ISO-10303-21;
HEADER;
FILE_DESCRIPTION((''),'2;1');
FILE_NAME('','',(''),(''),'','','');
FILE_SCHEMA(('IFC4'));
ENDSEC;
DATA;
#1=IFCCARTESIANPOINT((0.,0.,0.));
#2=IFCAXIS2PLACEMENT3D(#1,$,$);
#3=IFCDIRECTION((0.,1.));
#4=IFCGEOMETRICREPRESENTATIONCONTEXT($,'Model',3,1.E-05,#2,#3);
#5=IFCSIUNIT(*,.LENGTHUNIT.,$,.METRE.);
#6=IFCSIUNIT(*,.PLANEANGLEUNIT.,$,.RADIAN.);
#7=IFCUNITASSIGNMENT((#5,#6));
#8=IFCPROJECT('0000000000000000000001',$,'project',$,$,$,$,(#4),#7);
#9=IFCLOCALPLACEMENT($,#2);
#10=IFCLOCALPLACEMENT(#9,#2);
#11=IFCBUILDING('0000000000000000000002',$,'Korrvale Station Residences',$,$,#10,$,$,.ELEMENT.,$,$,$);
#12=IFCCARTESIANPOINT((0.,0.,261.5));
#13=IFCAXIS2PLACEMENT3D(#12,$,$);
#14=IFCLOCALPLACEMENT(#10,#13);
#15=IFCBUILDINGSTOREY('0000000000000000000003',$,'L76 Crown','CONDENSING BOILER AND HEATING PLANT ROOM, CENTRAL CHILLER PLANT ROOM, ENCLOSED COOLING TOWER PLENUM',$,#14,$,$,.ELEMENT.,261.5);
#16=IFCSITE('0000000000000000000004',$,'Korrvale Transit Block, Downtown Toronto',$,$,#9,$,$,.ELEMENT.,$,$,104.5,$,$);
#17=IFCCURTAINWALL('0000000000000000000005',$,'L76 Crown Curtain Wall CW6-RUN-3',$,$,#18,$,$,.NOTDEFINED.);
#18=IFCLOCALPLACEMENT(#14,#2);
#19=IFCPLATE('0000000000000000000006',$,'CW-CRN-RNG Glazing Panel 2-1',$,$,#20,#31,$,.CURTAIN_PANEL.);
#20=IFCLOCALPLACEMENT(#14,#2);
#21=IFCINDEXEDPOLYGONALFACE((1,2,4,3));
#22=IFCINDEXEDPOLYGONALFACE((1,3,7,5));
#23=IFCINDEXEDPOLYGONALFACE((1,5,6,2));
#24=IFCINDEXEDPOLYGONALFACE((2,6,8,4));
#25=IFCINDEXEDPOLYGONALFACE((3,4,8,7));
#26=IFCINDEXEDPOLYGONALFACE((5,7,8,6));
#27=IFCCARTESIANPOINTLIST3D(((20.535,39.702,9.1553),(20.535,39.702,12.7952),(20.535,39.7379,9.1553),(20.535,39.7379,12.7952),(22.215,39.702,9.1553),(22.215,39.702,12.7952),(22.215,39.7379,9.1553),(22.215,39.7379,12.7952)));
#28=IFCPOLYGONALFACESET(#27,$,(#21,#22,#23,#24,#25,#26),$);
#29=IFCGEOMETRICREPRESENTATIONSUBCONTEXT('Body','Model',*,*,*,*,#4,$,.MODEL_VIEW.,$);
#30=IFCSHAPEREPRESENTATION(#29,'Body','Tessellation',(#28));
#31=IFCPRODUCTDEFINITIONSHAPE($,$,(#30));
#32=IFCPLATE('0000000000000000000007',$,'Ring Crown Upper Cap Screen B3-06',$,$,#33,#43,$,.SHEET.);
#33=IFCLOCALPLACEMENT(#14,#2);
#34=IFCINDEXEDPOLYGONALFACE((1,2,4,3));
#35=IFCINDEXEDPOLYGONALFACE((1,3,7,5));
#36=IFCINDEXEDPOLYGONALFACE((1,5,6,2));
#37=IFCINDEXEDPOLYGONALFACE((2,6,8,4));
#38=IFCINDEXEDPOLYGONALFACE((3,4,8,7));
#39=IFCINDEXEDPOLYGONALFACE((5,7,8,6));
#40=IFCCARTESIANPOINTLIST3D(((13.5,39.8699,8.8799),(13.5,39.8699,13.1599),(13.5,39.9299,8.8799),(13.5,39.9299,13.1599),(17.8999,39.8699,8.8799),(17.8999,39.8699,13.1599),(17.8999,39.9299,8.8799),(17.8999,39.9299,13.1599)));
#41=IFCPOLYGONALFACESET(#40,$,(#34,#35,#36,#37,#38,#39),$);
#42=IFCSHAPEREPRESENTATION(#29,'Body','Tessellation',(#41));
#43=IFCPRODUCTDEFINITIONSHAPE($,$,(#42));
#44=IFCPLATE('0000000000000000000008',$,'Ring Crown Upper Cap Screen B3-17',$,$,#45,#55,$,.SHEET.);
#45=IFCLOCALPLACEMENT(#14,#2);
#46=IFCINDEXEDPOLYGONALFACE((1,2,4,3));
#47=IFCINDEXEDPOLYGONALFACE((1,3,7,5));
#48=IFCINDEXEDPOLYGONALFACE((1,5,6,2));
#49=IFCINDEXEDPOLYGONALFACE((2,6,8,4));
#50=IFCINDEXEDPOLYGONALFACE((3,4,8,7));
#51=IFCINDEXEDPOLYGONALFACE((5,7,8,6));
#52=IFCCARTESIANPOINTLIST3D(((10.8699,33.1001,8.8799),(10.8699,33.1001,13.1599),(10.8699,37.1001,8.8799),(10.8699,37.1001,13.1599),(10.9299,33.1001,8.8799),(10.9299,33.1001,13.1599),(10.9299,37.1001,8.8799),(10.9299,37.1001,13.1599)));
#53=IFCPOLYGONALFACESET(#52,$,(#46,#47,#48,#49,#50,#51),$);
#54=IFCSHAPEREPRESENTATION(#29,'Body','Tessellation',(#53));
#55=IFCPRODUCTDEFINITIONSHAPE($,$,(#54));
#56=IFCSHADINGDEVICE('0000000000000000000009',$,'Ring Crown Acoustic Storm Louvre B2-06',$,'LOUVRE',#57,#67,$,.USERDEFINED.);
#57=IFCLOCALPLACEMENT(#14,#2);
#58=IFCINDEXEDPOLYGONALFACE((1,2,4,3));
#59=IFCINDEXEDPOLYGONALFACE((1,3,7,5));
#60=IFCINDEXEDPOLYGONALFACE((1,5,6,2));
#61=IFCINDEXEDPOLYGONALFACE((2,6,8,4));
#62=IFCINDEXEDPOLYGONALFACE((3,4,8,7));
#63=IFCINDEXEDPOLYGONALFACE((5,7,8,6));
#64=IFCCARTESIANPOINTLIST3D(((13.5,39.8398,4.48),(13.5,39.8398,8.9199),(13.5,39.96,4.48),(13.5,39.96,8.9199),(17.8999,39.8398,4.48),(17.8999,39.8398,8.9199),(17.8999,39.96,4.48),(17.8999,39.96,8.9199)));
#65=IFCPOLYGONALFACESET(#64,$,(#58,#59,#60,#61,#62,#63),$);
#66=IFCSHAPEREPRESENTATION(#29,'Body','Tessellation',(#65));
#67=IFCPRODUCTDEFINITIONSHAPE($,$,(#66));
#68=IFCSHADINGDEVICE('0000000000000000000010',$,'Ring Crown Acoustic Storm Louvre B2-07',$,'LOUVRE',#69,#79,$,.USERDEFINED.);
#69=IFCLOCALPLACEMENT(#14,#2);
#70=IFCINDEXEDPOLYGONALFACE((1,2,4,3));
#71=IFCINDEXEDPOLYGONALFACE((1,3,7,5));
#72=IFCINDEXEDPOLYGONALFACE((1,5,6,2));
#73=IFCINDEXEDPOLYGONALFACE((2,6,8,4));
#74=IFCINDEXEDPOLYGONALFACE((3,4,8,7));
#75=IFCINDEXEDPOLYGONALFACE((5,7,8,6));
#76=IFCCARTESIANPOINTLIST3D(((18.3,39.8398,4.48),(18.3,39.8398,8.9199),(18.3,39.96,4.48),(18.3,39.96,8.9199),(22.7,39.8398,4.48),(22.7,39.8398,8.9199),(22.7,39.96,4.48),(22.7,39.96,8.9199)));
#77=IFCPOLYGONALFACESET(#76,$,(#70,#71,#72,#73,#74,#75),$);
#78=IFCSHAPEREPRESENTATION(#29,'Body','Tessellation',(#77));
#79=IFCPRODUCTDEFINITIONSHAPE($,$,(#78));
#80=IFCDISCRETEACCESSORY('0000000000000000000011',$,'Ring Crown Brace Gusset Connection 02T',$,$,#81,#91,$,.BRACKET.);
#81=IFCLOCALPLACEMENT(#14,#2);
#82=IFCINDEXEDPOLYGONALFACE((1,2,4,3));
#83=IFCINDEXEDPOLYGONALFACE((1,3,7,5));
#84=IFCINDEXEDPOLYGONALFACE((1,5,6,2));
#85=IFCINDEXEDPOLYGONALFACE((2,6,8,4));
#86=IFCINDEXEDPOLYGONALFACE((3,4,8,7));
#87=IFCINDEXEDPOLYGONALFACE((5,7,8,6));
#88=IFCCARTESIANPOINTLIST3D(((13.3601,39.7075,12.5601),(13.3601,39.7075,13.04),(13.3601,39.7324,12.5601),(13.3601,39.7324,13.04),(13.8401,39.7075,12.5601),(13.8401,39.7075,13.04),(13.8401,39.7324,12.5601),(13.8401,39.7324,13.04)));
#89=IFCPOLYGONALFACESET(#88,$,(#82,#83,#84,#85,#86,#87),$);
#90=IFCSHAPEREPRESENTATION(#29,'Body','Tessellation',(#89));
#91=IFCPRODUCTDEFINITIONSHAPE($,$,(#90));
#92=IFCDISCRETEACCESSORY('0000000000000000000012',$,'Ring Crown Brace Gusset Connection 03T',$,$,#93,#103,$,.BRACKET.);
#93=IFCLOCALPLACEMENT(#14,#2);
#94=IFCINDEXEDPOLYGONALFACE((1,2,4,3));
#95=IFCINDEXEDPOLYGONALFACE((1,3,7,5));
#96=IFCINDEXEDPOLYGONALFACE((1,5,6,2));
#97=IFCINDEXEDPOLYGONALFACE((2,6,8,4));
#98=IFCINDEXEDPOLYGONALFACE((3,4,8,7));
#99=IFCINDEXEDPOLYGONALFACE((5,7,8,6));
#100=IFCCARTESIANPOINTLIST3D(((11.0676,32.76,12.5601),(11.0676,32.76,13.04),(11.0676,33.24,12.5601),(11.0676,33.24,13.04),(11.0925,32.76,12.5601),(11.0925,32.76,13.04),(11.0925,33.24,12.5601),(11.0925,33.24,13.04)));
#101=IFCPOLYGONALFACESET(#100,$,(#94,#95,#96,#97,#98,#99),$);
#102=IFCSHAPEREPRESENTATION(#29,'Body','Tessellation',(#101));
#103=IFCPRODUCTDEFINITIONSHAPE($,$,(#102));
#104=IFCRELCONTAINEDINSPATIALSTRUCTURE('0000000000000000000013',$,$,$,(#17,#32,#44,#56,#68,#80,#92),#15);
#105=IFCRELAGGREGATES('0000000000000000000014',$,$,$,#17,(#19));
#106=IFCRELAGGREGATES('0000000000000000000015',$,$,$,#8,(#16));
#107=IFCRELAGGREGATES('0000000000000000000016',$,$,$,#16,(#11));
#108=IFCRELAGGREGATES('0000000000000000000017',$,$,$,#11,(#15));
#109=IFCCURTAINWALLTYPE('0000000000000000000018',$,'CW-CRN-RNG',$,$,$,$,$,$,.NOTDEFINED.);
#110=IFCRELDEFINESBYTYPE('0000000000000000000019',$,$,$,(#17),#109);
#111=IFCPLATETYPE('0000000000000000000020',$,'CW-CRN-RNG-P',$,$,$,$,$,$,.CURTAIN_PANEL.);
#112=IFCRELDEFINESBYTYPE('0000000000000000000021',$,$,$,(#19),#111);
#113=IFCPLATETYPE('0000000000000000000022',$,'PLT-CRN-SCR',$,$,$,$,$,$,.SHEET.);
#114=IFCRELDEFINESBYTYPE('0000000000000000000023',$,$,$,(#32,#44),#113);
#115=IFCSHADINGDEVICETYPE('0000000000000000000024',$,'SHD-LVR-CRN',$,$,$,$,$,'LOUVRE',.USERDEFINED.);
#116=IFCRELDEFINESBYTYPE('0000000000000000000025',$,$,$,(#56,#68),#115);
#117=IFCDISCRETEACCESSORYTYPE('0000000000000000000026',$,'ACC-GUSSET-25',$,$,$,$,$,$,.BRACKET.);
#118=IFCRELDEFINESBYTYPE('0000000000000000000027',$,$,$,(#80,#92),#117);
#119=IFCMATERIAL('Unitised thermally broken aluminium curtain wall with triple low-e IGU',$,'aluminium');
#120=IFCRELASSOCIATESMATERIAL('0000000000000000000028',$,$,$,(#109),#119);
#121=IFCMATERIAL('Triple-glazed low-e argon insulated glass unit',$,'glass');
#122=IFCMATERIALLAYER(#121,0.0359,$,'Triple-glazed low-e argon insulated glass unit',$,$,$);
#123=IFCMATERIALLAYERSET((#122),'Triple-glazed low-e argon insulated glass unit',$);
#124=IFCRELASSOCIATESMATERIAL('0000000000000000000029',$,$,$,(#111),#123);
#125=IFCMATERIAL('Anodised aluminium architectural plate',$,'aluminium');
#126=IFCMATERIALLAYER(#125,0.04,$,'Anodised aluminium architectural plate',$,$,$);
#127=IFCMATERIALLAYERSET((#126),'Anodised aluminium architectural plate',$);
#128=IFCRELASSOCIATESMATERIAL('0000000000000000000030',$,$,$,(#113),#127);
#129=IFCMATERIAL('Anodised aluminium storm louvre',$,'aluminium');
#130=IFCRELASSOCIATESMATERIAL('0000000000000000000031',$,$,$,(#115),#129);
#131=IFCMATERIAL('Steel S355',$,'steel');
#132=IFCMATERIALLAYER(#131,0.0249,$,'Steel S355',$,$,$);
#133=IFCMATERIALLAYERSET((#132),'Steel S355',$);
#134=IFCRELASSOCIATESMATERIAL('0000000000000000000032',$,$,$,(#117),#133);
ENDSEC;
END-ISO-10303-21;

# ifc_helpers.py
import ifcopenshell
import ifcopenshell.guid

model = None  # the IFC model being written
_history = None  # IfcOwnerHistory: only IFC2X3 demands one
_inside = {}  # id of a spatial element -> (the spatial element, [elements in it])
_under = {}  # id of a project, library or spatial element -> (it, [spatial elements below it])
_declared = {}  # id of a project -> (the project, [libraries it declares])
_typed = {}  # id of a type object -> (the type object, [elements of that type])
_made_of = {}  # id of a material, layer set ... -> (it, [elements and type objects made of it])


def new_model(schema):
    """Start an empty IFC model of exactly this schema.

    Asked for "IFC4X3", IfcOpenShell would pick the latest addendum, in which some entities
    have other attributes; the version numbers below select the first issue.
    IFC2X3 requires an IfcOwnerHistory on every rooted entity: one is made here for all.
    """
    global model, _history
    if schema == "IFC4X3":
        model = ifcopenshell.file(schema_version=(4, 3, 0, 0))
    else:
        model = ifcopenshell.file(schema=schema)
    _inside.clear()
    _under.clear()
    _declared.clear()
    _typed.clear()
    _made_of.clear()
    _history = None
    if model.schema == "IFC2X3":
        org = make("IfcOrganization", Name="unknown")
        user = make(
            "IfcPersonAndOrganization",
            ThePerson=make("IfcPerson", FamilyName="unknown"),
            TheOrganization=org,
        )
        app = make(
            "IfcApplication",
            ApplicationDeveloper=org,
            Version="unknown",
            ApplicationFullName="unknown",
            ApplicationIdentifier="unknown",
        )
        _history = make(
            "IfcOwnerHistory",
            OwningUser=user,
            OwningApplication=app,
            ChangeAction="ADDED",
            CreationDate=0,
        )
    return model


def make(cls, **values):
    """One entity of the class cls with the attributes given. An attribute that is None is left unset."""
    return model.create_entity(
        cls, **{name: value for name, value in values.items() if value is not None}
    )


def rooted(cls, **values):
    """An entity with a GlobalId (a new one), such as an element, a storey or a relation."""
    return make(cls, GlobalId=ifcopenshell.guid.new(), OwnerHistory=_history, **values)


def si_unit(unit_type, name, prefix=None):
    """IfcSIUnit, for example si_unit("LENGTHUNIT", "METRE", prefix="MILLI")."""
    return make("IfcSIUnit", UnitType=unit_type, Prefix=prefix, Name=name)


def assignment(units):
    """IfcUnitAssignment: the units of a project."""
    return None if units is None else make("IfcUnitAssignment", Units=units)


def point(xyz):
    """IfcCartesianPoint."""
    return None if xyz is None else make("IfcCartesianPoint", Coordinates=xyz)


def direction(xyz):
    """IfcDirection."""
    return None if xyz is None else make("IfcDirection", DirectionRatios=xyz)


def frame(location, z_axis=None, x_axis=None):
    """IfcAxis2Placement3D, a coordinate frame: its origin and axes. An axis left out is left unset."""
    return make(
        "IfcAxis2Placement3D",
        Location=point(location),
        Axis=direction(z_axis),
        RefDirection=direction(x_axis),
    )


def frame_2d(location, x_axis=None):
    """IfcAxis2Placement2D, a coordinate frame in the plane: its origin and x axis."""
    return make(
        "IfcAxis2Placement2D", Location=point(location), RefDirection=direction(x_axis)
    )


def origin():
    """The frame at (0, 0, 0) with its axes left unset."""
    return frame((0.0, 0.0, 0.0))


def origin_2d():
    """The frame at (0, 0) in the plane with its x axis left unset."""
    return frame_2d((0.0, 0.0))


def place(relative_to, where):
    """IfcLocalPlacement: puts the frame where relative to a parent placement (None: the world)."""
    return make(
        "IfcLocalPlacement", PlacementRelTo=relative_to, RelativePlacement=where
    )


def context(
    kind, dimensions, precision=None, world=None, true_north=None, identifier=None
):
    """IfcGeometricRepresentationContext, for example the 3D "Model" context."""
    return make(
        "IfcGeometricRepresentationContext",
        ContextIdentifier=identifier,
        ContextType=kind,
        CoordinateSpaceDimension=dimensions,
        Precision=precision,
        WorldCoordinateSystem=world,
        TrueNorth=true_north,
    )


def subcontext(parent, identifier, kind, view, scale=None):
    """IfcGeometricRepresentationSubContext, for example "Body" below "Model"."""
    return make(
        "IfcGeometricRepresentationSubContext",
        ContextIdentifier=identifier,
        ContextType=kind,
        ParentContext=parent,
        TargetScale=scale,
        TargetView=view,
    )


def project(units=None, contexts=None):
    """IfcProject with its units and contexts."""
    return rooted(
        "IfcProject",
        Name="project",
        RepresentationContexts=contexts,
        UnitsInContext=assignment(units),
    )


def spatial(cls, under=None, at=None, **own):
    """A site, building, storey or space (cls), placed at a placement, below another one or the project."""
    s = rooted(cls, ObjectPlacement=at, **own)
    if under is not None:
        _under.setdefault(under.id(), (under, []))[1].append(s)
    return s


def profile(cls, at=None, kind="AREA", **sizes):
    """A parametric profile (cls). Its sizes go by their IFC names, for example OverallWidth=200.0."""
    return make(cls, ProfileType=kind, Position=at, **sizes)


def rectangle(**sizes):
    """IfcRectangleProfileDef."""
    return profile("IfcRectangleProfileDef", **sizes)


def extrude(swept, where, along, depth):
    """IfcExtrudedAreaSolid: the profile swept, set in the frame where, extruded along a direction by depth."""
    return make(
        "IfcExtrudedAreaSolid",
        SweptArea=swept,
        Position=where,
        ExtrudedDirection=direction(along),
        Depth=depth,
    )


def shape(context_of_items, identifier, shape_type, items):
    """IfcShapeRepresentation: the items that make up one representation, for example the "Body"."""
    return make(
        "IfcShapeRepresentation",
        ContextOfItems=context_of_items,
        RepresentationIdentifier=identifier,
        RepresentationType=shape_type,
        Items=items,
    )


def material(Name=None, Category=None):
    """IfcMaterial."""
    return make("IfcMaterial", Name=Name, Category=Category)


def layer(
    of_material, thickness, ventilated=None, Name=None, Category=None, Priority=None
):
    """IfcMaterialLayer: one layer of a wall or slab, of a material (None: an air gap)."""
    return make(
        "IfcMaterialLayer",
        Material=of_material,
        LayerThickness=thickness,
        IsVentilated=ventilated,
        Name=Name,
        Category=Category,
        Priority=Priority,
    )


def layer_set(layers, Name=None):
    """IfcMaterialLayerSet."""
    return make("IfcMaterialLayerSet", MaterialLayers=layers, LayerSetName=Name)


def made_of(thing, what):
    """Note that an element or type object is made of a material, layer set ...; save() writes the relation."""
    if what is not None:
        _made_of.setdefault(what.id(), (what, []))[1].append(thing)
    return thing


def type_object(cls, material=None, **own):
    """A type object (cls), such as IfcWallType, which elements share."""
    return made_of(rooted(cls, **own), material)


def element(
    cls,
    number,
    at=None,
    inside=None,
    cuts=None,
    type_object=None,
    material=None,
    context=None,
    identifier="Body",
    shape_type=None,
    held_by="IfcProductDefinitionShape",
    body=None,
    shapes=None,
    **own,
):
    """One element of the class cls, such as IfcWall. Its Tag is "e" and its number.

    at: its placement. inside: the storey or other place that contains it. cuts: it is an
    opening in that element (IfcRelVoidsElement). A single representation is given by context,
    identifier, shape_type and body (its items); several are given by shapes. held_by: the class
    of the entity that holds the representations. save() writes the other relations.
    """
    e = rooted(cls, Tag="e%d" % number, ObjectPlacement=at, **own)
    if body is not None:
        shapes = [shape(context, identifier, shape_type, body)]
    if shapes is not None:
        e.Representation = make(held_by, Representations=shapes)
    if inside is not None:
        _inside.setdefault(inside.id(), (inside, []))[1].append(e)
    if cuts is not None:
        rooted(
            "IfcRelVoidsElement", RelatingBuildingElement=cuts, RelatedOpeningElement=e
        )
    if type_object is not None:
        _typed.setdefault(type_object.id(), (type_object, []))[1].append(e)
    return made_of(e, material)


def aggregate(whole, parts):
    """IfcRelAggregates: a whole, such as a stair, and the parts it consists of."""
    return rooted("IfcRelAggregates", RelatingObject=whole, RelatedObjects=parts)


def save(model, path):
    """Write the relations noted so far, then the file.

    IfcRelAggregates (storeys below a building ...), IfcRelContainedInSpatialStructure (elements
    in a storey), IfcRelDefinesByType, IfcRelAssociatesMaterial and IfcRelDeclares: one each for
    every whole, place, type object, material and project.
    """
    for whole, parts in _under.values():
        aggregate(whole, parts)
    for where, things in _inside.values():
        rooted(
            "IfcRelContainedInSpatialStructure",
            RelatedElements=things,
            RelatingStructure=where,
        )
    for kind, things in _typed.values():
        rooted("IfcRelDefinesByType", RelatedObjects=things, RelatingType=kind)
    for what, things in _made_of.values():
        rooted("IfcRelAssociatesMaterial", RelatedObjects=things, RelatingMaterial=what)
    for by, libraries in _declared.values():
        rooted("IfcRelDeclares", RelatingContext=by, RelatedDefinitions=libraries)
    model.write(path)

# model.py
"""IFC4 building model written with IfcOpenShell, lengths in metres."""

from ifc_helpers import new_model, si_unit, direction, frame, origin, origin_2d, place, context, subcontext, project, spatial, rectangle, extrude, material, layer, layer_set, type_object, element, aggregate, save


model = new_model("IFC4")

# Units and contexts
model_context = context("Model", 3, precision=1e-05, world=origin(), true_north=direction((0.0, 1.0)))
body_context = subcontext(model_context, "Body", "Model", "MODEL_VIEW")
ifc_project = project(units=[si_unit("LENGTHUNIT", "METRE"), si_unit("PLANEANGLEUNIT", "RADIAN")], contexts=[model_context])

# Site, building, storey
site_placement = place(None, origin())
site = spatial("IfcSite", under=ifc_project, at=site_placement, Name="Korrvale Transit Block, Downtown Toronto", CompositionType="ELEMENT", RefElevation=104.5)
building_placement = place(site_placement, origin())
building = spatial("IfcBuilding", under=site, at=building_placement, Name="Korrvale Station Residences", CompositionType="ELEMENT")
storey_placement = place(building_placement, frame((0.0, 0.0, 261.5)))
storey = spatial("IfcBuildingStorey", under=building, at=storey_placement, Name="L76 Crown", Description="CONDENSING BOILER AND HEATING PLANT ROOM, CENTRAL CHILLER PLANT ROOM, ENCLOSED COOLING TOWER PLENUM", CompositionType="ELEMENT", Elevation=261.5)

# Shared definitions
ifc_material_1 = material(Name="Steel S355", Category="steel")

# Curtain wall
ifc_material_2 = material(Name="Unitised thermally broken aluminium curtain wall with triple low-e IGU", Category="aluminium")
curtain_wall_type = type_object("IfcCurtainWallType", Name="CW-CRN-RNG", PredefinedType="NOTDEFINED", material=ifc_material_2)
curtain_wall_placement = place(storey_placement, origin())
curtain_wall = element("IfcCurtainWall", 1, at=curtain_wall_placement, inside=storey, type_object=curtain_wall_type, Name="L76 Crown Curtain Wall CW6-RUN-3", PredefinedType="NOTDEFINED")

# Plate
ifc_material_3 = material(Name="Triple-glazed low-e argon insulated glass unit", Category="glass")
ifc_layer_1 = layer(ifc_material_3, 0.0359, Name="Triple-glazed low-e argon insulated glass unit")
ifc_layer_set_1 = layer_set([ifc_layer_1], Name="Triple-glazed low-e argon insulated glass unit")
plate_type_1 = type_object("IfcPlateType", Name="CW-CRN-RNG-P", PredefinedType="CURTAIN_PANEL", material=ifc_layer_set_1)
plate_1_placement = place(storey_placement, frame((21.375, 39.72, 9.1553), z_axis=(0.0, 0.0, 1.0), x_axis=(1.0, 0.0, 0.0)))
plate_1 = element("IfcPlate", 2, at=plate_1_placement, type_object=plate_type_1, Name="CW-CRN-RNG Glazing Panel 2-1", PredefinedType="CURTAIN_PANEL", context=body_context, shape_type="SweptSolid", body=[
    extrude(rectangle(XDim=1.6799, YDim=0.0359, at=origin_2d()), origin(), (0.0, 0.0, 1.0), 3.6399),
])
aggregate(curtain_wall, [plate_1])

# Plates
ifc_material_4 = material(Name="Anodised aluminium architectural plate", Category="aluminium")
ifc_layer_2 = layer(ifc_material_4, 0.04, Name="Anodised aluminium architectural plate")
ifc_layer_set_2 = layer_set([ifc_layer_2], Name="Anodised aluminium architectural plate")
plate_type_2 = type_object("IfcPlateType", Name="PLT-CRN-SCR", PredefinedType="SHEET", material=ifc_layer_set_2)
plate_2_placement = place(storey_placement, frame((15.7, 39.8999, 8.8799), z_axis=(0.0, 0.0, 1.0), x_axis=(1.0, 0.0, 0.0)))
element("IfcPlate", 3, at=plate_2_placement, inside=storey, type_object=plate_type_2, Name="Ring Crown Upper Cap Screen B3-06", PredefinedType="SHEET", context=body_context, shape_type="SweptSolid", body=[
    extrude(rectangle(XDim=4.3999, YDim=0.0601, at=origin_2d()), origin(), (0.0, 0.0, 1.0), 4.28),
])
plate_3_placement = place(storey_placement, frame((10.8999, 35.1001, 8.8799), z_axis=(0.0, 0.0, 1.0), x_axis=(0.0, 1.0, 0.0)))
element("IfcPlate", 4, at=plate_3_placement, inside=storey, type_object=plate_type_2, Name="Ring Crown Upper Cap Screen B3-17", PredefinedType="SHEET", context=body_context, shape_type="SweptSolid", body=[
    extrude(rectangle(XDim=4.0, YDim=0.0601, at=origin_2d()), origin(), (0.0, 0.0, 1.0), 4.28),
])

# Shading devices
ifc_material_5 = material(Name="Anodised aluminium storm louvre", Category="aluminium")
shading_device_type = type_object("IfcShadingDeviceType", Name="SHD-LVR-CRN", ElementType="LOUVRE", PredefinedType="USERDEFINED", material=ifc_material_5)
for number, where, z_axis, x_axis, name in (
    (5, (15.7, 39.8999, 4.48), (0.0, 0.0, 1.0), (1.0, 0.0, 0.0), "Ring Crown Acoustic Storm Louvre B2-06"),
    (6, (20.5, 39.8999, 4.48), (0.0, 0.0, 1.0), (1.0, 0.0, 0.0), "Ring Crown Acoustic Storm Louvre B2-07"),
):
    element("IfcShadingDevice", number, at=place(storey_placement, frame(where, z_axis=z_axis, x_axis=x_axis)), inside=storey, type_object=shading_device_type, Name=name, ObjectType="LOUVRE", PredefinedType="USERDEFINED", context=body_context, shape_type="SweptSolid", body=[
        extrude(rectangle(XDim=4.3999, YDim=0.1201, at=origin_2d()), origin(), (0.0, 0.0, 1.0), 4.4399),
    ])

# Discrete accessories
ifc_layer_3 = layer(ifc_material_1, 0.0249, Name="Steel S355")
ifc_layer_set_3 = layer_set([ifc_layer_3], Name="Steel S355")
discrete_accessory_type = type_object("IfcDiscreteAccessoryType", Name="ACC-GUSSET-25", PredefinedType="BRACKET", material=ifc_layer_set_3)
for number, where, z_axis, x_axis, name in (
    (7, (13.6001, 39.72, 12.5601), (0.0, 0.0, 1.0), (1.0, 0.0, 0.0), "Ring Crown Brace Gusset Connection 02T"),
    (8, (11.0801, 33.0, 12.5601), (0.0, 0.0, 1.0), (0.0, 1.0, 0.0), "Ring Crown Brace Gusset Connection 03T"),
):
    element("IfcDiscreteAccessory", number, at=place(storey_placement, frame(where, z_axis=z_axis, x_axis=x_axis)), inside=storey, type_object=discrete_accessory_type, Name=name, PredefinedType="BRACKET", context=body_context, shape_type="SweptSolid", body=[
        extrude(rectangle(XDim=0.48, YDim=0.0249, at=origin_2d()), origin(), (0.0, 0.0, 1.0), 0.48),
    ])

save(model, "model.ifc")
